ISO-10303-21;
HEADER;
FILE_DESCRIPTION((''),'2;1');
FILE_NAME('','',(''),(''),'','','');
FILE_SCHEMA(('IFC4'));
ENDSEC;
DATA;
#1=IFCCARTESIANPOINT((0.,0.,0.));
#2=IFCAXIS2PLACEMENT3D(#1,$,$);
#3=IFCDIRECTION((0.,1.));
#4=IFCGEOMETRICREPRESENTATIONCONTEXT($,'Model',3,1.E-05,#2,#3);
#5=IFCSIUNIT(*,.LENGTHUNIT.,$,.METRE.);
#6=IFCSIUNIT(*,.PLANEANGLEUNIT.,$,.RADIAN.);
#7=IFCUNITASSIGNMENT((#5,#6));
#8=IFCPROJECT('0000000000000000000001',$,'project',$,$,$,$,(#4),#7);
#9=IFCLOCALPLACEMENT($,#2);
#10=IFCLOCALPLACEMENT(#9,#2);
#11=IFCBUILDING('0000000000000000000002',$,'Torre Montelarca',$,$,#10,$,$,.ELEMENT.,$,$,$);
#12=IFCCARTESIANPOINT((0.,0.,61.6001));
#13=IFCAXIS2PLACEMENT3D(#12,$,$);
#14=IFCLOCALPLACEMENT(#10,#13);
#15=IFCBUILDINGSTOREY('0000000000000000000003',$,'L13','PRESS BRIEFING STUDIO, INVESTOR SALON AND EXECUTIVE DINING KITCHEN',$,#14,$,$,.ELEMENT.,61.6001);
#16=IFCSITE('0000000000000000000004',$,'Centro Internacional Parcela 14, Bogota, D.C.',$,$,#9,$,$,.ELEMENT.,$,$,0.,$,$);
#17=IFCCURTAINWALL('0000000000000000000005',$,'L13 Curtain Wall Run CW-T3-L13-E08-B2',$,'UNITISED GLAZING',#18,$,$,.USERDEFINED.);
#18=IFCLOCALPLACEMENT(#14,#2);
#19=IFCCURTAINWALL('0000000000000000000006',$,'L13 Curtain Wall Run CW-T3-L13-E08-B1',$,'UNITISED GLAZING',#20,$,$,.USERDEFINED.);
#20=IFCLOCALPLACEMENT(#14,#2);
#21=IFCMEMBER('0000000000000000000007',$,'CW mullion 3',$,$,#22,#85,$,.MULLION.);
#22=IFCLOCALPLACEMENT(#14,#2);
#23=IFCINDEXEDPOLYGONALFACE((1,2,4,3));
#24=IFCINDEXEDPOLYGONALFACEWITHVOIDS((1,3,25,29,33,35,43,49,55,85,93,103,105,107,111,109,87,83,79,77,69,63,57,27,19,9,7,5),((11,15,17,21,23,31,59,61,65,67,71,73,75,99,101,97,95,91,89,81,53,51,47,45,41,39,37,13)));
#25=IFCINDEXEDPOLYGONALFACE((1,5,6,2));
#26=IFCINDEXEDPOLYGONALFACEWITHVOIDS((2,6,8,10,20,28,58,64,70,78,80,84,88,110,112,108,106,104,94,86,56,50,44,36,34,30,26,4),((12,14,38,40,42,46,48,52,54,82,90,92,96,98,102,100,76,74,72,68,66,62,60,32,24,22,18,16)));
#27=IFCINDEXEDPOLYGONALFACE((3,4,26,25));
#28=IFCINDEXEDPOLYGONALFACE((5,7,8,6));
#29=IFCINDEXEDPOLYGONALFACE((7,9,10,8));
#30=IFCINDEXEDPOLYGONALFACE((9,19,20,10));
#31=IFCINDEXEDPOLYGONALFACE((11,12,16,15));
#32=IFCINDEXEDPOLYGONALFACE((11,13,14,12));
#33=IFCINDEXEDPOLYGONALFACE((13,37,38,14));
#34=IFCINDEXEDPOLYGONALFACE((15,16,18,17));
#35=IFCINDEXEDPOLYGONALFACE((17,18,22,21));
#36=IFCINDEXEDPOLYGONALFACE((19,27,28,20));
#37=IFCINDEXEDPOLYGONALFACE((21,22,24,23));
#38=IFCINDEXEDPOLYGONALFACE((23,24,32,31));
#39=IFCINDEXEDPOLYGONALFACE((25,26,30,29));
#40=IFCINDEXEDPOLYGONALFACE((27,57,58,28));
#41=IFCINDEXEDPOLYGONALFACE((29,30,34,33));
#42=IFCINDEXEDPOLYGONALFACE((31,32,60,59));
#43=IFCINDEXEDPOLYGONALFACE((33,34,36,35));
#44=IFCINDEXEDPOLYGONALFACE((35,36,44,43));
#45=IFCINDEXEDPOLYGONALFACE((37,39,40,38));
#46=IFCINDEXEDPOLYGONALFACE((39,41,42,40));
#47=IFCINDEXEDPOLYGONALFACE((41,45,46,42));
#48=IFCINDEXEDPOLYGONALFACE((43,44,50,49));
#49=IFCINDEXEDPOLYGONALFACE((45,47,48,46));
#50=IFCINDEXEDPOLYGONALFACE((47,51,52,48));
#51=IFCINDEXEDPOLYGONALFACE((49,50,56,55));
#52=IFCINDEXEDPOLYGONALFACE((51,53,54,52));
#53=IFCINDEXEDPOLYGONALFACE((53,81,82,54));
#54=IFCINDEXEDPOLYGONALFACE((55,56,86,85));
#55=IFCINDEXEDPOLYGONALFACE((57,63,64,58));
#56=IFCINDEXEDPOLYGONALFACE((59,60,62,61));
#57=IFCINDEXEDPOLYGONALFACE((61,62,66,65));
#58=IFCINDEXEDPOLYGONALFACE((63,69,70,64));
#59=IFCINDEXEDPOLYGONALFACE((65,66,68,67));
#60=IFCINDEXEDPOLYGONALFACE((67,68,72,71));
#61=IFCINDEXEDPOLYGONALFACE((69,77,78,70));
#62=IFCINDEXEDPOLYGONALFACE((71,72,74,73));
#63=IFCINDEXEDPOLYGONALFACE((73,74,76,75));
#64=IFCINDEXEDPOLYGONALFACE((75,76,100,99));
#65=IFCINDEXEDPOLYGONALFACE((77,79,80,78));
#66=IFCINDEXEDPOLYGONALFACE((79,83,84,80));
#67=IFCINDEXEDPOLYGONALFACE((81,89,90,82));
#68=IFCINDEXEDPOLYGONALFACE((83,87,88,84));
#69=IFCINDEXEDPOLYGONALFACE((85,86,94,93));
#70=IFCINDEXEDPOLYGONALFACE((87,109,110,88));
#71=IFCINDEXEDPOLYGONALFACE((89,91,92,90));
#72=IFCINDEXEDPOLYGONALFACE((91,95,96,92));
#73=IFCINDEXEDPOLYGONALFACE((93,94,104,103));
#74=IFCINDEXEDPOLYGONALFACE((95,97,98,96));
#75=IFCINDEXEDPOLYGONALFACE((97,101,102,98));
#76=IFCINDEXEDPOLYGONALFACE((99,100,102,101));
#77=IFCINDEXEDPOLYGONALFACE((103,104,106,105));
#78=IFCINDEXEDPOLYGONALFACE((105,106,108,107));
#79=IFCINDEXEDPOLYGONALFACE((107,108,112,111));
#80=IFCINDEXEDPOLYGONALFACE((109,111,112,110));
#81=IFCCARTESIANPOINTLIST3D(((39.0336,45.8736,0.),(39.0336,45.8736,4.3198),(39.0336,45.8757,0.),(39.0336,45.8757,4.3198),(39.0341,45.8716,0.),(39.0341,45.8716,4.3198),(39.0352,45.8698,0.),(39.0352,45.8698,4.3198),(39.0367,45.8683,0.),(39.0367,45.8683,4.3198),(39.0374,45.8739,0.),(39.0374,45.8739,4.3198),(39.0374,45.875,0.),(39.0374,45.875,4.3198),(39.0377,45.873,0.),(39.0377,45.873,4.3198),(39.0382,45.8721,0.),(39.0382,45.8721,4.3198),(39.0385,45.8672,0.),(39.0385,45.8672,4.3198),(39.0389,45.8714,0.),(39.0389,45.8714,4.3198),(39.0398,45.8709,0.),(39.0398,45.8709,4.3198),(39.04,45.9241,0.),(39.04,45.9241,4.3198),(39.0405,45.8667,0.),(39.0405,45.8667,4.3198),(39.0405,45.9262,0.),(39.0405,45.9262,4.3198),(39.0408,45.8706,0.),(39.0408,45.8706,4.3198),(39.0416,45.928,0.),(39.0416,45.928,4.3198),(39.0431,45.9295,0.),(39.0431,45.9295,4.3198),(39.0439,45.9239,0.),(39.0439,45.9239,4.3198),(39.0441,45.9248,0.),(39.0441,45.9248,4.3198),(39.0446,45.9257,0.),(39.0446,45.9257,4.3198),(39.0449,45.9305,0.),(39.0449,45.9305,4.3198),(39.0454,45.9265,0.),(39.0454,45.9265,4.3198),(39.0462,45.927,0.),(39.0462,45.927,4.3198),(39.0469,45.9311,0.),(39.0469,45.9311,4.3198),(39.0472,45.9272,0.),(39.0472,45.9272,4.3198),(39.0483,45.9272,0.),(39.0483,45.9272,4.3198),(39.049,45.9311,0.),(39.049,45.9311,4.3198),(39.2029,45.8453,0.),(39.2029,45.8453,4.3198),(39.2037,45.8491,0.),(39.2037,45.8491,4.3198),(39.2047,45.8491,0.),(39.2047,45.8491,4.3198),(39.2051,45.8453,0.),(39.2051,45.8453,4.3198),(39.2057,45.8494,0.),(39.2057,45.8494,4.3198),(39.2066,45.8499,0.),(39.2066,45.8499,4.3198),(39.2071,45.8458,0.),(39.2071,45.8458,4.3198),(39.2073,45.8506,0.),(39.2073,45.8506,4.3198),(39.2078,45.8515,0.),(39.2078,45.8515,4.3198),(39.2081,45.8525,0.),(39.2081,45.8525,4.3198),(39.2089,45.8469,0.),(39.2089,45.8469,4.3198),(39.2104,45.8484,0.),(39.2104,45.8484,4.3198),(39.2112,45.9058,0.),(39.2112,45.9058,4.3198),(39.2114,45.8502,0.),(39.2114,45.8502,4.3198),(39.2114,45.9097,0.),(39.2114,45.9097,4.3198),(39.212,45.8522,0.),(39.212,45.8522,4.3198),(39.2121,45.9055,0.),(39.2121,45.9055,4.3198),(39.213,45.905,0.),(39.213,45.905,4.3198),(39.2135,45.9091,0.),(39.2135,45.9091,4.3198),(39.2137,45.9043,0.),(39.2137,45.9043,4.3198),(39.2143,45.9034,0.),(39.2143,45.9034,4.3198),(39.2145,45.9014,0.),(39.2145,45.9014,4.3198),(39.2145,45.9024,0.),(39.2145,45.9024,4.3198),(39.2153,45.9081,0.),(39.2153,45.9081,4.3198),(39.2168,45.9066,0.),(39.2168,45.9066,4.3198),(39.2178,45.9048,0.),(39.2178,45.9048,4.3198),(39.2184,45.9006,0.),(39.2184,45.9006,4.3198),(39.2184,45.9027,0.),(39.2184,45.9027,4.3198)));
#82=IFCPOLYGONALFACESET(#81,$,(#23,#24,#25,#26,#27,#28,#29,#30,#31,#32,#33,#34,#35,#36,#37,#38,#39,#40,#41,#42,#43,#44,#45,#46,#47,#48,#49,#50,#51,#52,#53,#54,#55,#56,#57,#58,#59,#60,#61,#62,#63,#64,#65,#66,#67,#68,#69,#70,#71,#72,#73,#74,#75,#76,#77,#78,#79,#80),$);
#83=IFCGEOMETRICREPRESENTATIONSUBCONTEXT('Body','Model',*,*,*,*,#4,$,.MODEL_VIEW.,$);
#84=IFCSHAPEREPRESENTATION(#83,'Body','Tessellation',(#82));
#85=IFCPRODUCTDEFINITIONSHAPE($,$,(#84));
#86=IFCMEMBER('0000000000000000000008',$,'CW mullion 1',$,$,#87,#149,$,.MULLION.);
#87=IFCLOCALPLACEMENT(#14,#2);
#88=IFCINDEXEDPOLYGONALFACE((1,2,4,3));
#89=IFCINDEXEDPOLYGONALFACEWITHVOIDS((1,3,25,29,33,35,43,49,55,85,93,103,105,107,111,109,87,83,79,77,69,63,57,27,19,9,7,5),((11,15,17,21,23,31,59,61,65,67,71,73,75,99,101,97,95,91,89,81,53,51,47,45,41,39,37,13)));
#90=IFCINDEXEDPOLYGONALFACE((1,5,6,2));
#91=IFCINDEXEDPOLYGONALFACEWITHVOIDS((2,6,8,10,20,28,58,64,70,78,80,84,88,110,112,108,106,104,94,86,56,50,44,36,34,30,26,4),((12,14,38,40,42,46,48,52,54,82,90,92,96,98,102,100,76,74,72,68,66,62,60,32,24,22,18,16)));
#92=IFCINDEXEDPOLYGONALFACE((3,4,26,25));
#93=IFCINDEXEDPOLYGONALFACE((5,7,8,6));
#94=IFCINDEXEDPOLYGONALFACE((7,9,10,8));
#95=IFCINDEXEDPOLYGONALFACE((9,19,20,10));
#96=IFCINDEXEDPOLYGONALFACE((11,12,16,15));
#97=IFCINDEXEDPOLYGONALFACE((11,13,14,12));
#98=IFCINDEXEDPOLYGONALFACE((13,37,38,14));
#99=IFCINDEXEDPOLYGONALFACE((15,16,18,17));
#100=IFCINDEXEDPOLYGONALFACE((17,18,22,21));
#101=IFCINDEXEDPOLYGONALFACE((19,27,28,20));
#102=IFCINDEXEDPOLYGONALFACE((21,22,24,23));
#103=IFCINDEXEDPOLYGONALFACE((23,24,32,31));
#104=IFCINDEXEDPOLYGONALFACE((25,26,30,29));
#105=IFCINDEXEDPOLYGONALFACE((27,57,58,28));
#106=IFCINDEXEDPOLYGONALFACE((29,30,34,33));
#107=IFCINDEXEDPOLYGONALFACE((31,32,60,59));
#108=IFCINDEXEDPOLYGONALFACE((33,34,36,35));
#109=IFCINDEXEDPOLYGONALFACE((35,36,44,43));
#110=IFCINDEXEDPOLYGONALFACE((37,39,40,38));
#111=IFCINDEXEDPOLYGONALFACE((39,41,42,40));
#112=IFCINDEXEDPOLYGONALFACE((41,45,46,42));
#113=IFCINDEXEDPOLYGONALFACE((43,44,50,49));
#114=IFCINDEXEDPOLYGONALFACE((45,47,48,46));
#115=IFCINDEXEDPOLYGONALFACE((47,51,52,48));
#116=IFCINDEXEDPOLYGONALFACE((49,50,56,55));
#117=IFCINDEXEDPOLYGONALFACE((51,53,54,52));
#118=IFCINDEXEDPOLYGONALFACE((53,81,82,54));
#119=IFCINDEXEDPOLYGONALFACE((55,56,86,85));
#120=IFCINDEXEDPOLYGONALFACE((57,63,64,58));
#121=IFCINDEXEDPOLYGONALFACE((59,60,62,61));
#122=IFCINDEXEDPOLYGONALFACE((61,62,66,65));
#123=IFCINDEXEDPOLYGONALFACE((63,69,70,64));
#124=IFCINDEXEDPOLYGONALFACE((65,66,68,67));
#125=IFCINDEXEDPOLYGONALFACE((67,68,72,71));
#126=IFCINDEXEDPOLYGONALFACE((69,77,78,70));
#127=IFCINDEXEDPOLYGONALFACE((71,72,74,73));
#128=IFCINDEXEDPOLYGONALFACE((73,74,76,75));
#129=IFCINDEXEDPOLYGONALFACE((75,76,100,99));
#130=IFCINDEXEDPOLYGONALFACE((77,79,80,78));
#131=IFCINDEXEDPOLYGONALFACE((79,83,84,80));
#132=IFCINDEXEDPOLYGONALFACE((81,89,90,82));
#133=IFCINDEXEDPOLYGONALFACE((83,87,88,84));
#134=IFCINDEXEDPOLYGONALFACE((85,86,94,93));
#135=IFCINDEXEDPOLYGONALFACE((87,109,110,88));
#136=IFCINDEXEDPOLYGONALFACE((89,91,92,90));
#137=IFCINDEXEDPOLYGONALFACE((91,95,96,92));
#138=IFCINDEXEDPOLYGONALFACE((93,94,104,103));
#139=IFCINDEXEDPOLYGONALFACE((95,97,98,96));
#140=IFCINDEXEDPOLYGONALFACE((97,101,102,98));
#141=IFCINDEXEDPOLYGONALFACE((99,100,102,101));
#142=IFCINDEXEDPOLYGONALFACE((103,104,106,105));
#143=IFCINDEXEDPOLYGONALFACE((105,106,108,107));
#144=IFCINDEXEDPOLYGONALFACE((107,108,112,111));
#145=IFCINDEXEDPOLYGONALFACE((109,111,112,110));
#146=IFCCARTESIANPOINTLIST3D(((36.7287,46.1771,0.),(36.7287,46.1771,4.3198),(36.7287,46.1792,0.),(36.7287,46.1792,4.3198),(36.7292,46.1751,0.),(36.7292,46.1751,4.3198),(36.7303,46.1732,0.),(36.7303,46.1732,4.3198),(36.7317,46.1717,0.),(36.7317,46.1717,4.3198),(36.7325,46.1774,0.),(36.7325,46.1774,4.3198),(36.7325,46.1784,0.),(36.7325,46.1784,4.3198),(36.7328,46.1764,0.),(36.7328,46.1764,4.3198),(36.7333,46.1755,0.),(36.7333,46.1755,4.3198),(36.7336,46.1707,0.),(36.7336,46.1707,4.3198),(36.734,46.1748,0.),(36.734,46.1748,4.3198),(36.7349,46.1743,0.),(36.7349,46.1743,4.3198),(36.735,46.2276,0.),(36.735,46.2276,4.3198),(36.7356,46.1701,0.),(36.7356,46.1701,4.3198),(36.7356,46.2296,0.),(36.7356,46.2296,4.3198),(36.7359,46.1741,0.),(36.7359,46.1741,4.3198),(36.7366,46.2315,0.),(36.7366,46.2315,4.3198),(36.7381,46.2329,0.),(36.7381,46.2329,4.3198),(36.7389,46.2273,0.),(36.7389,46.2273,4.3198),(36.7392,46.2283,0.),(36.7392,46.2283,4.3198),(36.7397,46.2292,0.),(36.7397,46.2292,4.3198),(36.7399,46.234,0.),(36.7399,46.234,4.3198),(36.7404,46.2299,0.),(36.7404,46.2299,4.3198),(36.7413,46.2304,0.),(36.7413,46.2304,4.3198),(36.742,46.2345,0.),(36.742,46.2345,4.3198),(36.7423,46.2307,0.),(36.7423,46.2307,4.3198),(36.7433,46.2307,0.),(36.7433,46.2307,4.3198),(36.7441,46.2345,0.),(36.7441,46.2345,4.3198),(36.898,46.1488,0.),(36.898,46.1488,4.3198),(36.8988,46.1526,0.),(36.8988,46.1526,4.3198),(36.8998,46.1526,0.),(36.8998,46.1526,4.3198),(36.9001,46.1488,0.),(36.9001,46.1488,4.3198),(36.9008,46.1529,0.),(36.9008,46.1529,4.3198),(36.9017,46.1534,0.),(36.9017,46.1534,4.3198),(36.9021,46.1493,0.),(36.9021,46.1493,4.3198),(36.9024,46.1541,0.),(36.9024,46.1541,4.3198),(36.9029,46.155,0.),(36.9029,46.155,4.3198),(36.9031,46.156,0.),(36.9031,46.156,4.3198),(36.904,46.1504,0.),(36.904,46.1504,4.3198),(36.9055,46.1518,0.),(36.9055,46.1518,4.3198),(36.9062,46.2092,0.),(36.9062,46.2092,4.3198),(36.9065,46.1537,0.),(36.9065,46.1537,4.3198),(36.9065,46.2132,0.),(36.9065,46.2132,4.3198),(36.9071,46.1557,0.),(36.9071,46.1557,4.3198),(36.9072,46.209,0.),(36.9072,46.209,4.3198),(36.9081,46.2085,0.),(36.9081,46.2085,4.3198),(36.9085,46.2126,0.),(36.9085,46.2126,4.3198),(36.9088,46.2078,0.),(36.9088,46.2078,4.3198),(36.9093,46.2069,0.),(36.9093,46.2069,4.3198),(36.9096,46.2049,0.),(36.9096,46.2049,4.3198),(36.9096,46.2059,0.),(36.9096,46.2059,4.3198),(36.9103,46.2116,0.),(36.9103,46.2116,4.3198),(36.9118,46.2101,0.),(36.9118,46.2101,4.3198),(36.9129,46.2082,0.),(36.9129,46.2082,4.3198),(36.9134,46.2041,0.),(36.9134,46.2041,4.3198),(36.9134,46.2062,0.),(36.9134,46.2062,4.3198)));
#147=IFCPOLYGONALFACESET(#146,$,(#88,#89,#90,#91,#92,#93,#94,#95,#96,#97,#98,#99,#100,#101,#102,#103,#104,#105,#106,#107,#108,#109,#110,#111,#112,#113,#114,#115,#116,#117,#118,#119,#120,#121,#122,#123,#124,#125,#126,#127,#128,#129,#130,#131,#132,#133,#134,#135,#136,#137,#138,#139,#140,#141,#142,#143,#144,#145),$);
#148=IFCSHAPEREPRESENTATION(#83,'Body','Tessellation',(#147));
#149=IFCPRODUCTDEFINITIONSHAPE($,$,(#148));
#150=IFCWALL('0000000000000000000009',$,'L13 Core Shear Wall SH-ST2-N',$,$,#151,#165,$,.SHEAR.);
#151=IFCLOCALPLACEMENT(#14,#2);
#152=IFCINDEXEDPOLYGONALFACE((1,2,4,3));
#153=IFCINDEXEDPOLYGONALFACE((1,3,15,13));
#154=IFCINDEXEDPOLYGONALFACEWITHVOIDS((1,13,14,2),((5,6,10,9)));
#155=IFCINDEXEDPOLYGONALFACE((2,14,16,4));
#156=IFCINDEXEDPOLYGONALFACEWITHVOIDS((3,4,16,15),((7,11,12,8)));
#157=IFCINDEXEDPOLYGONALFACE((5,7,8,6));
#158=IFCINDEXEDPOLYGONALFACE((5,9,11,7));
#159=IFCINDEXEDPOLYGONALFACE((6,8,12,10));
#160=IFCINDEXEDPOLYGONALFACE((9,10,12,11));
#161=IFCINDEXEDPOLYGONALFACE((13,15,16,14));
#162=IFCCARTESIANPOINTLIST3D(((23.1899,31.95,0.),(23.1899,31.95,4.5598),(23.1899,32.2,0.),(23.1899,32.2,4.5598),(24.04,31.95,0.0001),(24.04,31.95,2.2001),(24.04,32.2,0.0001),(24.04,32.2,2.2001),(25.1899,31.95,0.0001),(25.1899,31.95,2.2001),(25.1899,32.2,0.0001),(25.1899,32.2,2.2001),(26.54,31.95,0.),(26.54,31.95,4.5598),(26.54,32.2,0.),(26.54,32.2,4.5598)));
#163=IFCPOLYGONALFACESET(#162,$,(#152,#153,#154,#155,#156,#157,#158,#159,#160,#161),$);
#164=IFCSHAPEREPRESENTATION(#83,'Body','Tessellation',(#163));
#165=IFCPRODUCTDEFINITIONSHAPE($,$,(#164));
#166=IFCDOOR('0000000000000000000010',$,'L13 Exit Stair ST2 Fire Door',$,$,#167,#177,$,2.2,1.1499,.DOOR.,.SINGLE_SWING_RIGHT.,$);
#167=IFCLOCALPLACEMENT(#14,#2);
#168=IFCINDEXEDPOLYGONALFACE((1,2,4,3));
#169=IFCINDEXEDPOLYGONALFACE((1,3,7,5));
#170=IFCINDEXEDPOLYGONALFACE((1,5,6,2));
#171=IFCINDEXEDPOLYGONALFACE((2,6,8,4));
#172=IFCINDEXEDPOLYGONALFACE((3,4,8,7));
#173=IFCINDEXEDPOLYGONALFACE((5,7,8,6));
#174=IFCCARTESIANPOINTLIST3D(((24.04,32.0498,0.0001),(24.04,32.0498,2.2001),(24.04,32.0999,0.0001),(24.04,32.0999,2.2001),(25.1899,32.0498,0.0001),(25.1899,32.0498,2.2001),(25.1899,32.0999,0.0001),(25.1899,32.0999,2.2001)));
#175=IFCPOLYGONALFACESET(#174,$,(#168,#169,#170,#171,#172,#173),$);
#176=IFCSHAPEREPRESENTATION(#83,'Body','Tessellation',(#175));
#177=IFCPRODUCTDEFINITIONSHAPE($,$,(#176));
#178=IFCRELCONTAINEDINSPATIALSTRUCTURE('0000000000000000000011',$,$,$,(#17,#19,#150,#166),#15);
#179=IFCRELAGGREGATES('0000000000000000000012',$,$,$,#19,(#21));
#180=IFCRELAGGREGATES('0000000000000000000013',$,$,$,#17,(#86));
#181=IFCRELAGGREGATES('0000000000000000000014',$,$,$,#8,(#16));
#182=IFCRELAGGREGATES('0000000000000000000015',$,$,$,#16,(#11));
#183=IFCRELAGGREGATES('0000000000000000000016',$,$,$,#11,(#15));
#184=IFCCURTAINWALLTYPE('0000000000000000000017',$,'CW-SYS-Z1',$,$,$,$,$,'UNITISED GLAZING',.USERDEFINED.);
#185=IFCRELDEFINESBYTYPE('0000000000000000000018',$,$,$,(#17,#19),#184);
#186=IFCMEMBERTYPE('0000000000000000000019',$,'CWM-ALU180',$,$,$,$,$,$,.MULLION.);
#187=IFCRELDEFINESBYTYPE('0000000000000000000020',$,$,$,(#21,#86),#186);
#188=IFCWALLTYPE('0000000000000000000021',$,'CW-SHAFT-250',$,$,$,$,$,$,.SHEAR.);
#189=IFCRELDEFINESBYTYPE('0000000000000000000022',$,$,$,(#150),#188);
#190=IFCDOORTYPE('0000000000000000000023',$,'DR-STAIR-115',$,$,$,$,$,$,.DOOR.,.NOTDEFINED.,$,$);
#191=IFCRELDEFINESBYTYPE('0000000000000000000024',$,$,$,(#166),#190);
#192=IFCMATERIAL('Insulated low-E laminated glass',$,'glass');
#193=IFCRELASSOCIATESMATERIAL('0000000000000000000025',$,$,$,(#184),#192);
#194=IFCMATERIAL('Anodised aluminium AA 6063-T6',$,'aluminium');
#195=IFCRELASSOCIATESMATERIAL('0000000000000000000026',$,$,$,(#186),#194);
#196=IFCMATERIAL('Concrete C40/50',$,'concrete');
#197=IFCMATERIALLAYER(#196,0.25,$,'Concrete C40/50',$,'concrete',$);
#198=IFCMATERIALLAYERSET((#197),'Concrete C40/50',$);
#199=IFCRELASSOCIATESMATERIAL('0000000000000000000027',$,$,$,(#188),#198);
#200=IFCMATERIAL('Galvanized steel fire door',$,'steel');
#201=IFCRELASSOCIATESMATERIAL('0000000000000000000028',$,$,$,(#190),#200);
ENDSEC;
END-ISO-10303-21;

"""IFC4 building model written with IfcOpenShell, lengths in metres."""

from ifc_helpers import new_model, si_unit, direction, frame, frame_2d, origin, origin_2d, place, context, subcontext, project, spatial, rectangle, hollow_rectangle, extrude, source, transform, mapped, material, layer, layer_set, material_profile, profile_set, type_object, element, fill, aggregate, save


model = new_model("IFC4")

# Units and contexts
model_context = context("Model", 3, precision=1e-05, world=origin(), true_north=direction((0.0, 1.0)))
body_context = subcontext(model_context, "Body", "Model", "MODEL_VIEW")
ifc_project = project(units=[si_unit("LENGTHUNIT", "METRE"), si_unit("PLANEANGLEUNIT", "RADIAN")], contexts=[model_context])

# Site, building, storey
site_placement = place(None, origin())
site = spatial("IfcSite", under=ifc_project, at=site_placement, Name="Centro Internacional Parcela 14, Bogota, D.C.", CompositionType="ELEMENT", RefElevation=0.0)
building_placement = place(site_placement, origin())
building = spatial("IfcBuilding", under=site, at=building_placement, Name="Torre Montelarca", CompositionType="ELEMENT")
storey_placement = place(building_placement, frame((0.0, 0.0, 61.6001)))
storey = spatial("IfcBuildingStorey", under=building, at=storey_placement, Name="L13", Description="PRESS BRIEFING STUDIO, INVESTOR SALON AND EXECUTIVE DINING KITCHEN", CompositionType="ELEMENT", Elevation=61.6001)

# Curtain walls, member
ifc_material_1 = material(Name="Insulated low-E laminated glass", Category="glass")
curtain_wall_type = type_object("IfcCurtainWallType", Name="CW-SYS-Z1", ElementType="UNITISED GLAZING", PredefinedType="USERDEFINED", material=ifc_material_1)
curtain_wall_1_placement = place(storey_placement, origin())
curtain_wall_1 = element("IfcCurtainWall", 1, at=curtain_wall_1_placement, inside=storey, type_object=curtain_wall_type, Name="L13 Curtain Wall Run CW-T3-L13-E08-B2", ObjectType="UNITISED GLAZING", PredefinedType="USERDEFINED")
ifc_material_2 = material(Name="Anodised aluminium AA 6063-T6", Category="aluminium")
curtain_wall_2_placement = place(storey_placement, origin())
curtain_wall_2 = element("IfcCurtainWall", 2, at=curtain_wall_2_placement, inside=storey, type_object=curtain_wall_type, Name="L13 Curtain Wall Run CW-T3-L13-E08-B1", ObjectType="UNITISED GLAZING", PredefinedType="USERDEFINED")
ifc_material_profile_1 = material_profile(ifc_material_2, hollow_rectangle(XDim=0.0649, YDim=0.1799, WallThickness=0.0039, InnerFilletRadius=0.0039, OuterFilletRadius=0.0081, at=origin_2d()), Name="ALU65X180X4", Category="aluminium")
ifc_profile_set_1 = profile_set([ifc_material_profile_1], Name="Anodised aluminium AA 6063-T6")
member_type_1 = type_object("IfcMemberType", Name="CWM-ALU180", PredefinedType="MULLION", material=ifc_profile_set_1)
shared_shape_1 = source(origin(), body_context, "Body", "SweptSolid", [
    extrude(hollow_rectangle(XDim=0.0649, YDim=0.1799, WallThickness=0.0039, InnerFilletRadius=0.0039, OuterFilletRadius=0.0081, at=origin_2d()), origin(), (0.0, 0.0, 1.0), 4.3198),
])
member_1_placement = place(storey_placement, frame((39.126, 45.8882, 0.0), z_axis=(0.0, 0.0, 1.0), x_axis=(-0.130523, -0.991445, 0.0)))
member_1 = element("IfcMember", 3, at=member_1_placement, type_object=member_type_1, Name="CW mullion 3", PredefinedType="MULLION", context=body_context, shape_type="MappedRepresentation", body=[
    mapped(shared_shape_1, transform((0.0, 0.0, 0.0), scale=1.0)),
])
aggregate(curtain_wall_2, [member_1])

# Member
member_2_placement = place(storey_placement, frame((36.821, 46.1917, 0.0), z_axis=(0.0, 0.0, 1.0), x_axis=(-0.130533, -0.991444, 0.0)))
member_2 = element("IfcMember", 4, at=member_2_placement, type_object=member_type_1, Name="CW mullion 1", PredefinedType="MULLION", context=body_context, shape_type="MappedRepresentation", body=[
    mapped(shared_shape_1, transform((0.0, 0.0, 0.0), scale=1.0)),
])
aggregate(curtain_wall_1, [member_2])

# Wall, opening, door
ifc_material_3 = material(Name="Concrete C40/50", Category="concrete")
ifc_layer_1 = layer(ifc_material_3, 0.25, Name="Concrete C40/50", Category="concrete")
ifc_layer_set_1 = layer_set([ifc_layer_1], Name="Concrete C40/50")
wall_type_1 = type_object("IfcWallType", Name="CW-SHAFT-250", PredefinedType="SHEAR", material=ifc_layer_set_1)
wall_1_placement = place(storey_placement, frame((23.1899, 32.075, 0.0), z_axis=(0.0, 0.0, 1.0), x_axis=(1.0, 0.0, 0.0)))
wall_1 = element("IfcWall", 5, at=wall_1_placement, inside=storey, type_object=wall_type_1, Name="L13 Core Shear Wall SH-ST2-N", PredefinedType="SHEAR", context=body_context, shape_type="SweptSolid", body=[
    extrude(rectangle(XDim=3.3501, YDim=0.25, at=frame_2d((1.675, 0.0))), origin(), (0.0, 0.0, 1.0), 4.5598),
])
opening_1_placement = place(wall_1_placement, frame((0.8501, 0.0, 0.0)))
opening_1 = element("IfcOpeningElement", 6, at=opening_1_placement, cuts=wall_1, PredefinedType="OPENING", context=body_context, shape_type="SweptSolid", body=[
    extrude(rectangle(XDim=1.1499, YDim=2.2, at=frame_2d((0.575, 1.1001))), frame((0.0, 0.135, 0.0), z_axis=(0.0, -1.0, 0.0), x_axis=(1.0, 0.0, 0.0)), (0.0, 0.0, 1.0), 0.27),
])
ifc_material_4 = material(Name="Galvanized steel fire door", Category="steel")
door_type_1 = type_object("IfcDoorType", Name="DR-STAIR-115", OperationType="NOTDEFINED", PredefinedType="DOOR", material=ifc_material_4)
shared_shape_2 = source(origin(), body_context, "Body", "SweptSolid", [
    extrude(rectangle(XDim=1.1499, YDim=2.2, at=frame_2d((0.575, 1.1001))), frame((0.0, 0.0249, 0.0), z_axis=(0.0, -1.0, 0.0), x_axis=(1.0, 0.0, 0.0)), (0.0, 0.0, 1.0), 0.05),
])
door_1_placement = place(opening_1_placement, origin())
door_1 = element("IfcDoor", 7, at=door_1_placement, inside=storey, type_object=door_type_1, Name="L13 Exit Stair ST2 Fire Door", OperationType="SINGLE_SWING_RIGHT", OverallHeight=2.2, OverallWidth=1.1499, PredefinedType="DOOR", context=body_context, shape_type="MappedRepresentation", body=[
    mapped(shared_shape_2, transform((0.0, 0.0, 0.0), scale=1.0)),
])
fill(opening_1, door_1)

save(model, "model.ifc")
